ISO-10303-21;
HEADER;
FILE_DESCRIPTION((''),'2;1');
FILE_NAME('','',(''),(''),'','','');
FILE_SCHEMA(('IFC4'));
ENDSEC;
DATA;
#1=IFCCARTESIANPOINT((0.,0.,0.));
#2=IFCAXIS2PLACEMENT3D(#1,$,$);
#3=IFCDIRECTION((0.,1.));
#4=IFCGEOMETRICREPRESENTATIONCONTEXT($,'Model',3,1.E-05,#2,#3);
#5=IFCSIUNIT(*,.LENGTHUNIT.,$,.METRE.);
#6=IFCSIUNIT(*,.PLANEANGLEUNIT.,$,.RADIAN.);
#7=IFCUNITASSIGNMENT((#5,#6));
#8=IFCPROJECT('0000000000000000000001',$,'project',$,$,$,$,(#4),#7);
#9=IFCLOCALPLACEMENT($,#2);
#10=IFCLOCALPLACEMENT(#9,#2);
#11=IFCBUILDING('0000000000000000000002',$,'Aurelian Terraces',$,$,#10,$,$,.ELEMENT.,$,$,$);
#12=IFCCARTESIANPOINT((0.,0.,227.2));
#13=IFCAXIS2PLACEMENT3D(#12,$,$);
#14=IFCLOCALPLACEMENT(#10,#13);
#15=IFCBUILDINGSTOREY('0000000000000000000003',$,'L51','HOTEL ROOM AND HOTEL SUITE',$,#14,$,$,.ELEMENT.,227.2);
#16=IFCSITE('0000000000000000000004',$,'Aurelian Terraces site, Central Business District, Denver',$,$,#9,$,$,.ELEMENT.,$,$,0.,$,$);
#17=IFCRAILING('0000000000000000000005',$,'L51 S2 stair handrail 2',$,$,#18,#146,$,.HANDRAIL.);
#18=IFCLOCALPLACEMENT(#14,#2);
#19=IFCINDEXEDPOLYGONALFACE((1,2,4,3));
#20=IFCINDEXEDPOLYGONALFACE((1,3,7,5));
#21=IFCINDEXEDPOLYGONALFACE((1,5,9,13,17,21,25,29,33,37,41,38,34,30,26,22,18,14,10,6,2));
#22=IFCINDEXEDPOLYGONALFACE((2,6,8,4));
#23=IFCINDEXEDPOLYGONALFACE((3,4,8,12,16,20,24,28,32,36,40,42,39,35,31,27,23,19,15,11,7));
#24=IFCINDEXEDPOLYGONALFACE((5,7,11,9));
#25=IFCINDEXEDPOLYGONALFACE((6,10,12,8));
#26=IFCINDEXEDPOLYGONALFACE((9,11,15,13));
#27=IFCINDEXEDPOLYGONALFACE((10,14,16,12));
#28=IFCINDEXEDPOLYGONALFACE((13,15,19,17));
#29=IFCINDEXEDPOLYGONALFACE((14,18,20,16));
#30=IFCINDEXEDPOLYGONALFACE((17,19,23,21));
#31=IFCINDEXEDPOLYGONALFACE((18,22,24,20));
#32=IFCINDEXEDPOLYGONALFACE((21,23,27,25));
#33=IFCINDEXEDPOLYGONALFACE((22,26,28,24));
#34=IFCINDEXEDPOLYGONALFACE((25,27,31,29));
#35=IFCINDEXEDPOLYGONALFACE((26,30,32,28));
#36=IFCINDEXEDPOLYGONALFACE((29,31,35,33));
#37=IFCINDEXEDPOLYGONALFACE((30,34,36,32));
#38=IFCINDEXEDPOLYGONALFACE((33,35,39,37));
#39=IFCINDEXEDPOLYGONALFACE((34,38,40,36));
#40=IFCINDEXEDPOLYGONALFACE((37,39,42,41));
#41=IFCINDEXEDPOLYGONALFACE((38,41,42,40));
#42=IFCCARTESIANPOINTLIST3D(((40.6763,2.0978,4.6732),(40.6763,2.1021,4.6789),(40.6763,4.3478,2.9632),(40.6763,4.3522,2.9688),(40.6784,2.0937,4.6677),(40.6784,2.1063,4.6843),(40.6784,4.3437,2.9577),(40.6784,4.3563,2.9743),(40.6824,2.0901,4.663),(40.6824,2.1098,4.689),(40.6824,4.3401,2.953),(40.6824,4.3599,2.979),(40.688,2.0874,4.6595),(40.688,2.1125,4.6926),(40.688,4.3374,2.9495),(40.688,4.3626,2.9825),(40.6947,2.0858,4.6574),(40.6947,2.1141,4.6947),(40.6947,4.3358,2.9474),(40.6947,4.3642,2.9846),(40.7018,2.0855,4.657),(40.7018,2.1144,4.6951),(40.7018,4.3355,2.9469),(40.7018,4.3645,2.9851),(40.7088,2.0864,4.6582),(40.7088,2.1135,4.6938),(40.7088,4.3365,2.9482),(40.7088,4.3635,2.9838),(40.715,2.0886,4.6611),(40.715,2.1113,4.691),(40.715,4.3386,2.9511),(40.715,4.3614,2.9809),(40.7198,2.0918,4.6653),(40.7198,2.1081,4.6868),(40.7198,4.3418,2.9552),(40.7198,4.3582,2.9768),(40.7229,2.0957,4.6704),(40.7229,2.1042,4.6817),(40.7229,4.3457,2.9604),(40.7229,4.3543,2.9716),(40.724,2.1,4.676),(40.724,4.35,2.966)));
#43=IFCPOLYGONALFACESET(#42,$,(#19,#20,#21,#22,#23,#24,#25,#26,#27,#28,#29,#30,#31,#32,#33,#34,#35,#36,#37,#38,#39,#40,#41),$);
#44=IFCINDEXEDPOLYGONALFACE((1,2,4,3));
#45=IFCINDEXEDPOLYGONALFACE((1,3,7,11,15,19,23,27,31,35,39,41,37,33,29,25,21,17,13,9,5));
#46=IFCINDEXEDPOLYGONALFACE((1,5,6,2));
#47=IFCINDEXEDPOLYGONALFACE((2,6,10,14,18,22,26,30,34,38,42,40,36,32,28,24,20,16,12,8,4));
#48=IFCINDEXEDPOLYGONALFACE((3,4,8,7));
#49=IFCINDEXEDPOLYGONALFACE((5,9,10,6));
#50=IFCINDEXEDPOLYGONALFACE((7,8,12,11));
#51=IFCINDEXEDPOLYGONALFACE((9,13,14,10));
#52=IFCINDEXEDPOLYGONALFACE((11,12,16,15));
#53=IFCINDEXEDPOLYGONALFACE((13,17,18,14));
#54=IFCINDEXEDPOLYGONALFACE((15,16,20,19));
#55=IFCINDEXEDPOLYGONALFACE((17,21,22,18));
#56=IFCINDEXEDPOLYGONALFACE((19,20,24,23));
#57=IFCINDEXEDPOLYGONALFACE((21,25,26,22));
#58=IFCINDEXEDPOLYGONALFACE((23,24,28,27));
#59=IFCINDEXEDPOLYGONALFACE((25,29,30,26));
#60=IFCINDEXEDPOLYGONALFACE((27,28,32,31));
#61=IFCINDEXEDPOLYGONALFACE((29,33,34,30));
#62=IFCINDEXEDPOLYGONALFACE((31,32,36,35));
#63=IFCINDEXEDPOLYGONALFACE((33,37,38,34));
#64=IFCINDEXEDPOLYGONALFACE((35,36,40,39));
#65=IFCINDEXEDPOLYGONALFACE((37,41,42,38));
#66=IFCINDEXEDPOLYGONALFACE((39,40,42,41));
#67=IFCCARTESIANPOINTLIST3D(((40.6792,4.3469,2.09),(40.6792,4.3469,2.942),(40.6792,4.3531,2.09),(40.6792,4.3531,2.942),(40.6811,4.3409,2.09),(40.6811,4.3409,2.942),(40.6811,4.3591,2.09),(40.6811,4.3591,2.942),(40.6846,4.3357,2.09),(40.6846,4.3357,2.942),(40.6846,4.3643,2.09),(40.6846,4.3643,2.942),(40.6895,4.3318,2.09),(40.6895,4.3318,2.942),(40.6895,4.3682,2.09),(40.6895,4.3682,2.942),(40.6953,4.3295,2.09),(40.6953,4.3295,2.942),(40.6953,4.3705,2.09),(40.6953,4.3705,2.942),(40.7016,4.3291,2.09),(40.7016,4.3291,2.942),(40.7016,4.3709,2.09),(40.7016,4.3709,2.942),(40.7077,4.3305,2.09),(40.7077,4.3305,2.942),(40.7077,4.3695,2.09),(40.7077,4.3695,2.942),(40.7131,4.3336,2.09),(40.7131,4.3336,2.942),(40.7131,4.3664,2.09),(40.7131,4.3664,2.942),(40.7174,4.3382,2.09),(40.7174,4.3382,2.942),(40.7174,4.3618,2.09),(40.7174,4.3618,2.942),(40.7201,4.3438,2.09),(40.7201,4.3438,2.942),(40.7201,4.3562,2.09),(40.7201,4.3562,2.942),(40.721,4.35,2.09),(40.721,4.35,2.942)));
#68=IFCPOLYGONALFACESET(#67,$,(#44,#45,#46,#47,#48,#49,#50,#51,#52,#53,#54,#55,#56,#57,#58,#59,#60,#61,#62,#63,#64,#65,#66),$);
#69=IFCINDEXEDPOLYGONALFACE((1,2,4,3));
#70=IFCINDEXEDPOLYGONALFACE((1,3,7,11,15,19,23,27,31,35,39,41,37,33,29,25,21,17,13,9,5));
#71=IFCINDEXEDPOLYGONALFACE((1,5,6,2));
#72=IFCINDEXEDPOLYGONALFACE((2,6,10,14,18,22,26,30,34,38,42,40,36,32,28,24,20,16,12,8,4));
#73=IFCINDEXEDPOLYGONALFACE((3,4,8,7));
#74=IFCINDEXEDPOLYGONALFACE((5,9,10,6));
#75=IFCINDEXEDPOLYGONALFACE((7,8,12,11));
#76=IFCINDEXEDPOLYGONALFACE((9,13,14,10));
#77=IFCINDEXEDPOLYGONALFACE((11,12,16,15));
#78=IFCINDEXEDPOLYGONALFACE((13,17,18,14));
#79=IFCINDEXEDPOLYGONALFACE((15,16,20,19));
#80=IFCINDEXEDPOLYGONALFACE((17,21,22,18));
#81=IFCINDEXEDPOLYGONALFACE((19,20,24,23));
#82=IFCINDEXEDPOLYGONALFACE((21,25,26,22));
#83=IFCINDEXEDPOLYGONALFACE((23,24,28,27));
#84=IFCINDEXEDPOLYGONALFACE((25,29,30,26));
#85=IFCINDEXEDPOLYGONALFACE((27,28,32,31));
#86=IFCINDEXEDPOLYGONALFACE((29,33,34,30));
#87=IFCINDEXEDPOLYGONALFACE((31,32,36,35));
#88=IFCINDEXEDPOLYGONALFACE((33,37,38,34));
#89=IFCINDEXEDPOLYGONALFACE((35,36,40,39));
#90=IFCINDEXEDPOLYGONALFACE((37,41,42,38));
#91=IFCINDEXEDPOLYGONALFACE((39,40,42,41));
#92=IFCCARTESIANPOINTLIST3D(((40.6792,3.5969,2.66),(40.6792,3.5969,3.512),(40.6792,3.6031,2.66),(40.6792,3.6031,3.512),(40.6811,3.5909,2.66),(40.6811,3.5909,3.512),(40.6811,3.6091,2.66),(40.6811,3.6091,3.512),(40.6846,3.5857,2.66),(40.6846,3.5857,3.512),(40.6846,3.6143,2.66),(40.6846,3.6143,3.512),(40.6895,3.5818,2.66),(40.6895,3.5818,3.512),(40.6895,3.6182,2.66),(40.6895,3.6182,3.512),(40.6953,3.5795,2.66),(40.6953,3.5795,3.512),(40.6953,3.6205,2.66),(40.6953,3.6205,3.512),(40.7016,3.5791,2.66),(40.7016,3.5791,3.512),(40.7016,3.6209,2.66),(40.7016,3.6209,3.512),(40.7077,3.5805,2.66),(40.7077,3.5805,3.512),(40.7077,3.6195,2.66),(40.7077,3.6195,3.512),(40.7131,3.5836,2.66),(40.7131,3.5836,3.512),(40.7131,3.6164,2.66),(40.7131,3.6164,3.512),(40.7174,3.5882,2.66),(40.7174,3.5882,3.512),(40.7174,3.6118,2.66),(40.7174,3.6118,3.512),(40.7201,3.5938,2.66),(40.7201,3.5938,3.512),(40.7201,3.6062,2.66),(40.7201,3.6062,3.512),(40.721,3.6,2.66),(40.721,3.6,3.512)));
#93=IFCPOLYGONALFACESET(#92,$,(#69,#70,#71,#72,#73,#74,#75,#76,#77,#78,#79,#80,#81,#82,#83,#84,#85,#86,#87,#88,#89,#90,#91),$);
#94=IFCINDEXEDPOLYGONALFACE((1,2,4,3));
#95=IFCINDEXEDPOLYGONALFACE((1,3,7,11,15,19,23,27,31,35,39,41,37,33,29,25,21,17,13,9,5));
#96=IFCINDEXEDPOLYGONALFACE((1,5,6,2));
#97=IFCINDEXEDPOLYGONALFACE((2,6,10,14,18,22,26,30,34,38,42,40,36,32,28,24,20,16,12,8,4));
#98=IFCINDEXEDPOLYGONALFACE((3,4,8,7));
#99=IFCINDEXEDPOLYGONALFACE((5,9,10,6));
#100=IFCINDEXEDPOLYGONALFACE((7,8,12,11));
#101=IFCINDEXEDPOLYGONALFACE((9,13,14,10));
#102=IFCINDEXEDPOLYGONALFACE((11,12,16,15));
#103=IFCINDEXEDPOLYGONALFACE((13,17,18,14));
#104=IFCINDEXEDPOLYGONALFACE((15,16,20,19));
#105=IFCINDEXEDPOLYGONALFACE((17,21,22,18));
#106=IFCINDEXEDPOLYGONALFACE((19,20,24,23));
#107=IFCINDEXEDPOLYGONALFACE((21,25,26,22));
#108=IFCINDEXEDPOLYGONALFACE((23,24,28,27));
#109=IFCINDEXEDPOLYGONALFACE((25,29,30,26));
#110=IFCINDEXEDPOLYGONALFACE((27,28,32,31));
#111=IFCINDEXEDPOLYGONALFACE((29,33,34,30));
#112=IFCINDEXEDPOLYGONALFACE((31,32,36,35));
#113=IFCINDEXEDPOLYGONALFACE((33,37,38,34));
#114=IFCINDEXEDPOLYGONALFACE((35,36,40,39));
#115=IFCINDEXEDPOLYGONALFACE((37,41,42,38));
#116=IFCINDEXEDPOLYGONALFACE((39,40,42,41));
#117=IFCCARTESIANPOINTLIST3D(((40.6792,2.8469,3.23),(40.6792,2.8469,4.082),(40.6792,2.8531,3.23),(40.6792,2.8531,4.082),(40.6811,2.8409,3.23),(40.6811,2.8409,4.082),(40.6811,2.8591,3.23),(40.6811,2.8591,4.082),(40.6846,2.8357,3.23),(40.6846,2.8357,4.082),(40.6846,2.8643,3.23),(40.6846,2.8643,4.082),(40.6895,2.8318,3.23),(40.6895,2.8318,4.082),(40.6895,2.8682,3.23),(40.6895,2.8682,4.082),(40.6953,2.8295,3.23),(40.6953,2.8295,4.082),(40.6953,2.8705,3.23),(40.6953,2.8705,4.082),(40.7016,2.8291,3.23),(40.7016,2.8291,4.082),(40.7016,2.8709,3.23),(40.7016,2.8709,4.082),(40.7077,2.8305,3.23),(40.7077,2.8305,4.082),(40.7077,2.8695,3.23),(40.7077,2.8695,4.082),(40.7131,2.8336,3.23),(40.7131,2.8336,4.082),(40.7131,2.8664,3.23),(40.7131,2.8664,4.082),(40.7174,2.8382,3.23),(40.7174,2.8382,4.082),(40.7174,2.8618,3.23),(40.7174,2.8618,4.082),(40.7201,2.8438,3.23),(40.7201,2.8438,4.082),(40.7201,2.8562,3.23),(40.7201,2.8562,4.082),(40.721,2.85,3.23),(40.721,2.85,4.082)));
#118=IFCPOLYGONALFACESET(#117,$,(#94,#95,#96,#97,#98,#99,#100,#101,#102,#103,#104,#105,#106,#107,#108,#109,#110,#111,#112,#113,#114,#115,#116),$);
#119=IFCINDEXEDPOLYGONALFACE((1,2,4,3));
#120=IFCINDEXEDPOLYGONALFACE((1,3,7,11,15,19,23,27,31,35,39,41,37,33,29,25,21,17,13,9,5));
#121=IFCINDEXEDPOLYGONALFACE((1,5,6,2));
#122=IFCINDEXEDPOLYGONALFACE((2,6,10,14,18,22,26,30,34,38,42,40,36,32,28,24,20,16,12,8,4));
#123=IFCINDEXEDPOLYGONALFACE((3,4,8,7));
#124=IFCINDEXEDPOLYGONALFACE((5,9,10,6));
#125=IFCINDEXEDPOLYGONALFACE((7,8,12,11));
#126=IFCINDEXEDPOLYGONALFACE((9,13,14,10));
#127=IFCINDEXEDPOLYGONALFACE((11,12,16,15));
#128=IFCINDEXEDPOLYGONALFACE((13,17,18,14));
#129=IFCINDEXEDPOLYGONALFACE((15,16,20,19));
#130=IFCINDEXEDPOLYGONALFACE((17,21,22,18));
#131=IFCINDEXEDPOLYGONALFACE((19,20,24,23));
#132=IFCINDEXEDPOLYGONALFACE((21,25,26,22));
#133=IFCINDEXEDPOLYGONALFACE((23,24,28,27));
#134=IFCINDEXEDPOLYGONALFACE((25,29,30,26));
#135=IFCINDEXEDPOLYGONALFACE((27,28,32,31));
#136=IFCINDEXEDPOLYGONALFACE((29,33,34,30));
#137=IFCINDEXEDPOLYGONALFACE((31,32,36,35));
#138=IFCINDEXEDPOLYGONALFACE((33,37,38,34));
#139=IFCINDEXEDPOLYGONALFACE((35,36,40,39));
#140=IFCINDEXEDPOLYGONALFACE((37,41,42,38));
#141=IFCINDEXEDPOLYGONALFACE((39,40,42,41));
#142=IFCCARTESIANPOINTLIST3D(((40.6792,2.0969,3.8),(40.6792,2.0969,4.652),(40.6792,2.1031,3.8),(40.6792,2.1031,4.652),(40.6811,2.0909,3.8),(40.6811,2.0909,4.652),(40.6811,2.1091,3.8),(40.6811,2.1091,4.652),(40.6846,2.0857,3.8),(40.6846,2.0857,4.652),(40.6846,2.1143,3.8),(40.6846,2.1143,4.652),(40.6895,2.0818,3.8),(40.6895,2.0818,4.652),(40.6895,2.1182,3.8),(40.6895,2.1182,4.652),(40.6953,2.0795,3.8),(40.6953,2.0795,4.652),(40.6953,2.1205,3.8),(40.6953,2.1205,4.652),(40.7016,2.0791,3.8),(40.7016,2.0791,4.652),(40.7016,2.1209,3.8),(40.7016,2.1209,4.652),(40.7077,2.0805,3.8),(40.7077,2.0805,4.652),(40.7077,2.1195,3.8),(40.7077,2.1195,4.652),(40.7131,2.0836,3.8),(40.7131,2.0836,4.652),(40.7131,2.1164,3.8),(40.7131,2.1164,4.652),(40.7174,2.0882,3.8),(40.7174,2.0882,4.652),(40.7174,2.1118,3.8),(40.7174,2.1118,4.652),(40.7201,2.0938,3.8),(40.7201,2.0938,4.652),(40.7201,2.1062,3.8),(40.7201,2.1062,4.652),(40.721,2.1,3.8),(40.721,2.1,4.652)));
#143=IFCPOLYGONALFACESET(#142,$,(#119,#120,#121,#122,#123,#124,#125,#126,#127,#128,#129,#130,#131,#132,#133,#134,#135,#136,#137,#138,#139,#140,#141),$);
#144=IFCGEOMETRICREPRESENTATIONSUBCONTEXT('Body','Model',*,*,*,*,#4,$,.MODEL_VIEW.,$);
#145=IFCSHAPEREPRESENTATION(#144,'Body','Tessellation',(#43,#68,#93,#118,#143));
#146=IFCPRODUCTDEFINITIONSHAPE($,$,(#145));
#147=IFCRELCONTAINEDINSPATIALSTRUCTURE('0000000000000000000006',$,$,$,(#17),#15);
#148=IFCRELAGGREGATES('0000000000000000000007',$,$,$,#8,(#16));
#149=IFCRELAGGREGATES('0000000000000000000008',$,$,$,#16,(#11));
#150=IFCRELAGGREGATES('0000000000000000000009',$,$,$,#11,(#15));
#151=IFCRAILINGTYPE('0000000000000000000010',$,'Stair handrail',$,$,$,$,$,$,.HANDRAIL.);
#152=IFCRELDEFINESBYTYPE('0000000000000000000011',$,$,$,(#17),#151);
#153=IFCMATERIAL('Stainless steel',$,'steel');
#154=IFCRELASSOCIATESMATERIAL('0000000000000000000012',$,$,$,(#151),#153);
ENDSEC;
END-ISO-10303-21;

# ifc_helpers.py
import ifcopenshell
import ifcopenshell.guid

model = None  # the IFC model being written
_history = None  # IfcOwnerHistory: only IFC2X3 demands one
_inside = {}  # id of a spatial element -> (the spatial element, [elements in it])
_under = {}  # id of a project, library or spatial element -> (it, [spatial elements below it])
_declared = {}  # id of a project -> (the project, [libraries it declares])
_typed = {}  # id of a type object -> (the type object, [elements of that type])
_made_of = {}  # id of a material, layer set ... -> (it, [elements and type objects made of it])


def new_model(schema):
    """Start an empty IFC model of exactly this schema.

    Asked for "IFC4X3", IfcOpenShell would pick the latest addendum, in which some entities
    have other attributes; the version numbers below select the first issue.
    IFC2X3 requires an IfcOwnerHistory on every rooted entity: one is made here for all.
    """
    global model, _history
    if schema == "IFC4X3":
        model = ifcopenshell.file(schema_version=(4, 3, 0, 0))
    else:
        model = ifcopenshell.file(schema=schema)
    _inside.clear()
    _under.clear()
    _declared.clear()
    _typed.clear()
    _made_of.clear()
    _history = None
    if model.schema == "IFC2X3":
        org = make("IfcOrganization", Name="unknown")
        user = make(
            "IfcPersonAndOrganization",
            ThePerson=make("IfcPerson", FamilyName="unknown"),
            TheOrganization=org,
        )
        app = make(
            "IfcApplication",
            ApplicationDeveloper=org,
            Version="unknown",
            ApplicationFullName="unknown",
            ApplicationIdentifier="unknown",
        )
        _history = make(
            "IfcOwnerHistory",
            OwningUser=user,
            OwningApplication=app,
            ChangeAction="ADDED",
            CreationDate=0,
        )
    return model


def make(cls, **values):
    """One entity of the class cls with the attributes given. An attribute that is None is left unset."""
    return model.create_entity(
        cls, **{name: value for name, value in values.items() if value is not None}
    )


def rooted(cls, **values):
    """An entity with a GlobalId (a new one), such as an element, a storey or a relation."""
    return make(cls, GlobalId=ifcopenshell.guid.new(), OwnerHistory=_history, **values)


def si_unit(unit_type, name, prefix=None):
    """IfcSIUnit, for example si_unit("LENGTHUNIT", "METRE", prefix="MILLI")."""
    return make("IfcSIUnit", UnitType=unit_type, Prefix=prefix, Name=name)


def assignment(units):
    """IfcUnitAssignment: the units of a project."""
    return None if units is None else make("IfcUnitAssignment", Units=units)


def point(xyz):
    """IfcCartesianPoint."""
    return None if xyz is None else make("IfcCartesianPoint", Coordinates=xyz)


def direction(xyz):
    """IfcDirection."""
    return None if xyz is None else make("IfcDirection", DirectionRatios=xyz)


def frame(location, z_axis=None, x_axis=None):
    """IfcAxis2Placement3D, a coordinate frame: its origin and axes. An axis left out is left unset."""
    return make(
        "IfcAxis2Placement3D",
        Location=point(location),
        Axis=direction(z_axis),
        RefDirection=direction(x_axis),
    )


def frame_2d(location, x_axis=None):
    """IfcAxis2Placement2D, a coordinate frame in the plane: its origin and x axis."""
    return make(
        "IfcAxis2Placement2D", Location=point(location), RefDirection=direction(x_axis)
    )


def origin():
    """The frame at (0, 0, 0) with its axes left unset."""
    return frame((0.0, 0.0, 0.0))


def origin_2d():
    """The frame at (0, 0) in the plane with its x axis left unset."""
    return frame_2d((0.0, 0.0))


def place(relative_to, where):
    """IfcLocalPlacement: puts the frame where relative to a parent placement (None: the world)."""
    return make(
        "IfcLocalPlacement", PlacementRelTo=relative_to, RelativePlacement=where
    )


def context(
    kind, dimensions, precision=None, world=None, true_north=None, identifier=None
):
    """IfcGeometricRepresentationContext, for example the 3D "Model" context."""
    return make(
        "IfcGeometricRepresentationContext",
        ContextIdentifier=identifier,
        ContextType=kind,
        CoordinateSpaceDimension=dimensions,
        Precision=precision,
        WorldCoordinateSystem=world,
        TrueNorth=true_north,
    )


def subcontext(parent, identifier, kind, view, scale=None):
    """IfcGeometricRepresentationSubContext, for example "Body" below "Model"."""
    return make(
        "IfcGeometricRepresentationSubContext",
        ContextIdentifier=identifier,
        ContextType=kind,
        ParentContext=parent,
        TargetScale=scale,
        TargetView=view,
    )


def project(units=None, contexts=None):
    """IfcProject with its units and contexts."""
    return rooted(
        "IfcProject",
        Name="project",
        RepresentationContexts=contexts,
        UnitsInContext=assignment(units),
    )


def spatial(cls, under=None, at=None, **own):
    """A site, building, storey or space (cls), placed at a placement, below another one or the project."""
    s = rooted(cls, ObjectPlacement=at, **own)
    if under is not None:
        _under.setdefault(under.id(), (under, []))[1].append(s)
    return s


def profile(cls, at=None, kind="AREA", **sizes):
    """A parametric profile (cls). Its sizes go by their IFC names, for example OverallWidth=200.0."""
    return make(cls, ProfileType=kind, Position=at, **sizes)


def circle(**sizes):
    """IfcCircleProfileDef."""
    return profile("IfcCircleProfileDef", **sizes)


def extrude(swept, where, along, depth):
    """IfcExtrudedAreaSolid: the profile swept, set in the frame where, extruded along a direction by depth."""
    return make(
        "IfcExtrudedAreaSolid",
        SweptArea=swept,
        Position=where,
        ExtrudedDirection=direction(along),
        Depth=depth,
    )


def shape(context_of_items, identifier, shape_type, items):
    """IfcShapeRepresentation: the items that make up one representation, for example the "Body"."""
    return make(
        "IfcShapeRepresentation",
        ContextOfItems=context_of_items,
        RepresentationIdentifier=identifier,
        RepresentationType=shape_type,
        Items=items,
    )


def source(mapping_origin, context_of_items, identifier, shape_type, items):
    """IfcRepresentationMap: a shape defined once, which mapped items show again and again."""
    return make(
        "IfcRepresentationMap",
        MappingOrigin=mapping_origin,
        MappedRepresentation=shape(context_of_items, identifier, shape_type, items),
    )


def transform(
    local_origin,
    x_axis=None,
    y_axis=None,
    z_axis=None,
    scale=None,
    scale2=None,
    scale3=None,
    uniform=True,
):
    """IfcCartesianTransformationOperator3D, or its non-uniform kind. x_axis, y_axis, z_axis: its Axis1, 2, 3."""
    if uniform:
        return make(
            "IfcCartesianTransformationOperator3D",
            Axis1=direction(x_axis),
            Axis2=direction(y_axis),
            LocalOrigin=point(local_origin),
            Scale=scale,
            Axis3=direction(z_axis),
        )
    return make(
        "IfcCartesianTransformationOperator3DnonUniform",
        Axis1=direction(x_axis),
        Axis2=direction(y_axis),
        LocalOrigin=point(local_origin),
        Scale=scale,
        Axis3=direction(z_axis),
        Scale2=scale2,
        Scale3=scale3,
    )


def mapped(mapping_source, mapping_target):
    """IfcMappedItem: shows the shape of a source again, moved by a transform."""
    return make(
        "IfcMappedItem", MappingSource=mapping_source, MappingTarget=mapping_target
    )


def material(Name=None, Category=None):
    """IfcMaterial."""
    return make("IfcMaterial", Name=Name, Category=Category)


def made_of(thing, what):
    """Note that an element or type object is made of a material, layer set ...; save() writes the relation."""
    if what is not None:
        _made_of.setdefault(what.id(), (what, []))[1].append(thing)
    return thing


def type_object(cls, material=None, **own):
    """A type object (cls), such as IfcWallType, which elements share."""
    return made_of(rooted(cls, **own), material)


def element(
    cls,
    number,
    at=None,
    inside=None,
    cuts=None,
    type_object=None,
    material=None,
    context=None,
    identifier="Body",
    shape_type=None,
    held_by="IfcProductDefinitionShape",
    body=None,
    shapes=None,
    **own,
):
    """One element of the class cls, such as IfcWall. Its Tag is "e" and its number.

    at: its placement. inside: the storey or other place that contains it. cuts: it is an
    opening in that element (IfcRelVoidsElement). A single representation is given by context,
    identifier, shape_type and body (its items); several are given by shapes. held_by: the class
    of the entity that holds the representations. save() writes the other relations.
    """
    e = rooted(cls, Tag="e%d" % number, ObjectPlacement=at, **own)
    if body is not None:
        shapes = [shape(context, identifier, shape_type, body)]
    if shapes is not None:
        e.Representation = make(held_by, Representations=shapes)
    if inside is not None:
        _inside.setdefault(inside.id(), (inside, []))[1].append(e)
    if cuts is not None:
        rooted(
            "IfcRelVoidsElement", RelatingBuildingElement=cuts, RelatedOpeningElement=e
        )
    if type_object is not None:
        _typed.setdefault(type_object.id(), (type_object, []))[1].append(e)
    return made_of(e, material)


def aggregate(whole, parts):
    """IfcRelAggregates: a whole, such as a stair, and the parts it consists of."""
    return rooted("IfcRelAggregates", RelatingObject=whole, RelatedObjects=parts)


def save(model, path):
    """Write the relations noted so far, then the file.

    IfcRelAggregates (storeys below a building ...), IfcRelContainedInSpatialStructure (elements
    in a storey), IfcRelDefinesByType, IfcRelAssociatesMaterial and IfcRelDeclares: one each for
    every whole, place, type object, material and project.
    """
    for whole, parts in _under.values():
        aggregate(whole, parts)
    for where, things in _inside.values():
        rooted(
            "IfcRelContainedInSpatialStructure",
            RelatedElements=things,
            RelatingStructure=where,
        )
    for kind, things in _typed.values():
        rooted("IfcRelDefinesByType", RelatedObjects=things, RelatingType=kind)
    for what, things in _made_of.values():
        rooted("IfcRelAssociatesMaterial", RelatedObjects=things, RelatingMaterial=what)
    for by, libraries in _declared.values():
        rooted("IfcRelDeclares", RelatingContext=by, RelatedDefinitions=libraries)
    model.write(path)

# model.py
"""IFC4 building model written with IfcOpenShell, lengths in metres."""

from ifc_helpers import new_model, si_unit, direction, frame, origin, origin_2d, place, context, subcontext, project, spatial, circle, extrude, source, transform, mapped, material, type_object, element, save


model = new_model("IFC4")

# Units and contexts
model_context = context("Model", 3, precision=1e-05, world=origin(), true_north=direction((0.0, 1.0)))
body_context = subcontext(model_context, "Body", "Model", "MODEL_VIEW")
ifc_project = project(units=[si_unit("LENGTHUNIT", "METRE"), si_unit("PLANEANGLEUNIT", "RADIAN")], contexts=[model_context])

# Site, building, storey
site_placement = place(None, origin())
site = spatial("IfcSite", under=ifc_project, at=site_placement, Name="Aurelian Terraces site, Central Business District, Denver", CompositionType="ELEMENT", RefElevation=0.0)
building_placement = place(site_placement, origin())
building = spatial("IfcBuilding", under=site, at=building_placement, Name="Aurelian Terraces", CompositionType="ELEMENT")
storey_placement = place(building_placement, frame((0.0, 0.0, 227.2)))
storey = spatial("IfcBuildingStorey", under=building, at=storey_placement, Name="L51", Description="HOTEL ROOM AND HOTEL SUITE", CompositionType="ELEMENT", Elevation=227.2)

# Railing
ifc_material_1 = material(Name="Stainless steel", Category="steel")
railing_type_1 = type_object("IfcRailingType", Name="Stair handrail", PredefinedType="HANDRAIL", material=ifc_material_1)
shared_shape_1 = source(origin(), body_context, "Body", "SweptSolid", [
    extrude(circle(Radius=0.024, at=origin_2d()), frame((0.0, 0.0, 0.876), z_axis=(0.0, -0.796162, 0.605083), x_axis=(1.0, 0.0, 0.0)), (0.0, 0.0, 1.0), 2.8261),
    extrude(circle(Radius=0.021, at=origin_2d()), origin(), (0.0, 0.0, 1.0), 0.852),
    extrude(circle(Radius=0.021, at=origin_2d()), frame((0.0, -0.75, 0.57)), (0.0, 0.0, 1.0), 0.852),
    extrude(circle(Radius=0.021, at=origin_2d()), frame((0.0, -1.5, 1.14)), (0.0, 0.0, 1.0), 0.852),
    extrude(circle(Radius=0.021, at=origin_2d()), frame((0.0, -2.25, 1.71)), (0.0, 0.0, 1.0), 0.852),
])
railing_1_placement = place(storey_placement, frame((40.7, 4.35, 2.09)))
element("IfcRailing", 1, at=railing_1_placement, inside=storey, type_object=railing_type_1, Name="L51 S2 stair handrail 2", PredefinedType="HANDRAIL", context=body_context, shape_type="MappedRepresentation", body=[
    mapped(shared_shape_1, transform((0.0, 0.0, 0.0), scale=1.0)),
])

save(model, "model.ifc")
